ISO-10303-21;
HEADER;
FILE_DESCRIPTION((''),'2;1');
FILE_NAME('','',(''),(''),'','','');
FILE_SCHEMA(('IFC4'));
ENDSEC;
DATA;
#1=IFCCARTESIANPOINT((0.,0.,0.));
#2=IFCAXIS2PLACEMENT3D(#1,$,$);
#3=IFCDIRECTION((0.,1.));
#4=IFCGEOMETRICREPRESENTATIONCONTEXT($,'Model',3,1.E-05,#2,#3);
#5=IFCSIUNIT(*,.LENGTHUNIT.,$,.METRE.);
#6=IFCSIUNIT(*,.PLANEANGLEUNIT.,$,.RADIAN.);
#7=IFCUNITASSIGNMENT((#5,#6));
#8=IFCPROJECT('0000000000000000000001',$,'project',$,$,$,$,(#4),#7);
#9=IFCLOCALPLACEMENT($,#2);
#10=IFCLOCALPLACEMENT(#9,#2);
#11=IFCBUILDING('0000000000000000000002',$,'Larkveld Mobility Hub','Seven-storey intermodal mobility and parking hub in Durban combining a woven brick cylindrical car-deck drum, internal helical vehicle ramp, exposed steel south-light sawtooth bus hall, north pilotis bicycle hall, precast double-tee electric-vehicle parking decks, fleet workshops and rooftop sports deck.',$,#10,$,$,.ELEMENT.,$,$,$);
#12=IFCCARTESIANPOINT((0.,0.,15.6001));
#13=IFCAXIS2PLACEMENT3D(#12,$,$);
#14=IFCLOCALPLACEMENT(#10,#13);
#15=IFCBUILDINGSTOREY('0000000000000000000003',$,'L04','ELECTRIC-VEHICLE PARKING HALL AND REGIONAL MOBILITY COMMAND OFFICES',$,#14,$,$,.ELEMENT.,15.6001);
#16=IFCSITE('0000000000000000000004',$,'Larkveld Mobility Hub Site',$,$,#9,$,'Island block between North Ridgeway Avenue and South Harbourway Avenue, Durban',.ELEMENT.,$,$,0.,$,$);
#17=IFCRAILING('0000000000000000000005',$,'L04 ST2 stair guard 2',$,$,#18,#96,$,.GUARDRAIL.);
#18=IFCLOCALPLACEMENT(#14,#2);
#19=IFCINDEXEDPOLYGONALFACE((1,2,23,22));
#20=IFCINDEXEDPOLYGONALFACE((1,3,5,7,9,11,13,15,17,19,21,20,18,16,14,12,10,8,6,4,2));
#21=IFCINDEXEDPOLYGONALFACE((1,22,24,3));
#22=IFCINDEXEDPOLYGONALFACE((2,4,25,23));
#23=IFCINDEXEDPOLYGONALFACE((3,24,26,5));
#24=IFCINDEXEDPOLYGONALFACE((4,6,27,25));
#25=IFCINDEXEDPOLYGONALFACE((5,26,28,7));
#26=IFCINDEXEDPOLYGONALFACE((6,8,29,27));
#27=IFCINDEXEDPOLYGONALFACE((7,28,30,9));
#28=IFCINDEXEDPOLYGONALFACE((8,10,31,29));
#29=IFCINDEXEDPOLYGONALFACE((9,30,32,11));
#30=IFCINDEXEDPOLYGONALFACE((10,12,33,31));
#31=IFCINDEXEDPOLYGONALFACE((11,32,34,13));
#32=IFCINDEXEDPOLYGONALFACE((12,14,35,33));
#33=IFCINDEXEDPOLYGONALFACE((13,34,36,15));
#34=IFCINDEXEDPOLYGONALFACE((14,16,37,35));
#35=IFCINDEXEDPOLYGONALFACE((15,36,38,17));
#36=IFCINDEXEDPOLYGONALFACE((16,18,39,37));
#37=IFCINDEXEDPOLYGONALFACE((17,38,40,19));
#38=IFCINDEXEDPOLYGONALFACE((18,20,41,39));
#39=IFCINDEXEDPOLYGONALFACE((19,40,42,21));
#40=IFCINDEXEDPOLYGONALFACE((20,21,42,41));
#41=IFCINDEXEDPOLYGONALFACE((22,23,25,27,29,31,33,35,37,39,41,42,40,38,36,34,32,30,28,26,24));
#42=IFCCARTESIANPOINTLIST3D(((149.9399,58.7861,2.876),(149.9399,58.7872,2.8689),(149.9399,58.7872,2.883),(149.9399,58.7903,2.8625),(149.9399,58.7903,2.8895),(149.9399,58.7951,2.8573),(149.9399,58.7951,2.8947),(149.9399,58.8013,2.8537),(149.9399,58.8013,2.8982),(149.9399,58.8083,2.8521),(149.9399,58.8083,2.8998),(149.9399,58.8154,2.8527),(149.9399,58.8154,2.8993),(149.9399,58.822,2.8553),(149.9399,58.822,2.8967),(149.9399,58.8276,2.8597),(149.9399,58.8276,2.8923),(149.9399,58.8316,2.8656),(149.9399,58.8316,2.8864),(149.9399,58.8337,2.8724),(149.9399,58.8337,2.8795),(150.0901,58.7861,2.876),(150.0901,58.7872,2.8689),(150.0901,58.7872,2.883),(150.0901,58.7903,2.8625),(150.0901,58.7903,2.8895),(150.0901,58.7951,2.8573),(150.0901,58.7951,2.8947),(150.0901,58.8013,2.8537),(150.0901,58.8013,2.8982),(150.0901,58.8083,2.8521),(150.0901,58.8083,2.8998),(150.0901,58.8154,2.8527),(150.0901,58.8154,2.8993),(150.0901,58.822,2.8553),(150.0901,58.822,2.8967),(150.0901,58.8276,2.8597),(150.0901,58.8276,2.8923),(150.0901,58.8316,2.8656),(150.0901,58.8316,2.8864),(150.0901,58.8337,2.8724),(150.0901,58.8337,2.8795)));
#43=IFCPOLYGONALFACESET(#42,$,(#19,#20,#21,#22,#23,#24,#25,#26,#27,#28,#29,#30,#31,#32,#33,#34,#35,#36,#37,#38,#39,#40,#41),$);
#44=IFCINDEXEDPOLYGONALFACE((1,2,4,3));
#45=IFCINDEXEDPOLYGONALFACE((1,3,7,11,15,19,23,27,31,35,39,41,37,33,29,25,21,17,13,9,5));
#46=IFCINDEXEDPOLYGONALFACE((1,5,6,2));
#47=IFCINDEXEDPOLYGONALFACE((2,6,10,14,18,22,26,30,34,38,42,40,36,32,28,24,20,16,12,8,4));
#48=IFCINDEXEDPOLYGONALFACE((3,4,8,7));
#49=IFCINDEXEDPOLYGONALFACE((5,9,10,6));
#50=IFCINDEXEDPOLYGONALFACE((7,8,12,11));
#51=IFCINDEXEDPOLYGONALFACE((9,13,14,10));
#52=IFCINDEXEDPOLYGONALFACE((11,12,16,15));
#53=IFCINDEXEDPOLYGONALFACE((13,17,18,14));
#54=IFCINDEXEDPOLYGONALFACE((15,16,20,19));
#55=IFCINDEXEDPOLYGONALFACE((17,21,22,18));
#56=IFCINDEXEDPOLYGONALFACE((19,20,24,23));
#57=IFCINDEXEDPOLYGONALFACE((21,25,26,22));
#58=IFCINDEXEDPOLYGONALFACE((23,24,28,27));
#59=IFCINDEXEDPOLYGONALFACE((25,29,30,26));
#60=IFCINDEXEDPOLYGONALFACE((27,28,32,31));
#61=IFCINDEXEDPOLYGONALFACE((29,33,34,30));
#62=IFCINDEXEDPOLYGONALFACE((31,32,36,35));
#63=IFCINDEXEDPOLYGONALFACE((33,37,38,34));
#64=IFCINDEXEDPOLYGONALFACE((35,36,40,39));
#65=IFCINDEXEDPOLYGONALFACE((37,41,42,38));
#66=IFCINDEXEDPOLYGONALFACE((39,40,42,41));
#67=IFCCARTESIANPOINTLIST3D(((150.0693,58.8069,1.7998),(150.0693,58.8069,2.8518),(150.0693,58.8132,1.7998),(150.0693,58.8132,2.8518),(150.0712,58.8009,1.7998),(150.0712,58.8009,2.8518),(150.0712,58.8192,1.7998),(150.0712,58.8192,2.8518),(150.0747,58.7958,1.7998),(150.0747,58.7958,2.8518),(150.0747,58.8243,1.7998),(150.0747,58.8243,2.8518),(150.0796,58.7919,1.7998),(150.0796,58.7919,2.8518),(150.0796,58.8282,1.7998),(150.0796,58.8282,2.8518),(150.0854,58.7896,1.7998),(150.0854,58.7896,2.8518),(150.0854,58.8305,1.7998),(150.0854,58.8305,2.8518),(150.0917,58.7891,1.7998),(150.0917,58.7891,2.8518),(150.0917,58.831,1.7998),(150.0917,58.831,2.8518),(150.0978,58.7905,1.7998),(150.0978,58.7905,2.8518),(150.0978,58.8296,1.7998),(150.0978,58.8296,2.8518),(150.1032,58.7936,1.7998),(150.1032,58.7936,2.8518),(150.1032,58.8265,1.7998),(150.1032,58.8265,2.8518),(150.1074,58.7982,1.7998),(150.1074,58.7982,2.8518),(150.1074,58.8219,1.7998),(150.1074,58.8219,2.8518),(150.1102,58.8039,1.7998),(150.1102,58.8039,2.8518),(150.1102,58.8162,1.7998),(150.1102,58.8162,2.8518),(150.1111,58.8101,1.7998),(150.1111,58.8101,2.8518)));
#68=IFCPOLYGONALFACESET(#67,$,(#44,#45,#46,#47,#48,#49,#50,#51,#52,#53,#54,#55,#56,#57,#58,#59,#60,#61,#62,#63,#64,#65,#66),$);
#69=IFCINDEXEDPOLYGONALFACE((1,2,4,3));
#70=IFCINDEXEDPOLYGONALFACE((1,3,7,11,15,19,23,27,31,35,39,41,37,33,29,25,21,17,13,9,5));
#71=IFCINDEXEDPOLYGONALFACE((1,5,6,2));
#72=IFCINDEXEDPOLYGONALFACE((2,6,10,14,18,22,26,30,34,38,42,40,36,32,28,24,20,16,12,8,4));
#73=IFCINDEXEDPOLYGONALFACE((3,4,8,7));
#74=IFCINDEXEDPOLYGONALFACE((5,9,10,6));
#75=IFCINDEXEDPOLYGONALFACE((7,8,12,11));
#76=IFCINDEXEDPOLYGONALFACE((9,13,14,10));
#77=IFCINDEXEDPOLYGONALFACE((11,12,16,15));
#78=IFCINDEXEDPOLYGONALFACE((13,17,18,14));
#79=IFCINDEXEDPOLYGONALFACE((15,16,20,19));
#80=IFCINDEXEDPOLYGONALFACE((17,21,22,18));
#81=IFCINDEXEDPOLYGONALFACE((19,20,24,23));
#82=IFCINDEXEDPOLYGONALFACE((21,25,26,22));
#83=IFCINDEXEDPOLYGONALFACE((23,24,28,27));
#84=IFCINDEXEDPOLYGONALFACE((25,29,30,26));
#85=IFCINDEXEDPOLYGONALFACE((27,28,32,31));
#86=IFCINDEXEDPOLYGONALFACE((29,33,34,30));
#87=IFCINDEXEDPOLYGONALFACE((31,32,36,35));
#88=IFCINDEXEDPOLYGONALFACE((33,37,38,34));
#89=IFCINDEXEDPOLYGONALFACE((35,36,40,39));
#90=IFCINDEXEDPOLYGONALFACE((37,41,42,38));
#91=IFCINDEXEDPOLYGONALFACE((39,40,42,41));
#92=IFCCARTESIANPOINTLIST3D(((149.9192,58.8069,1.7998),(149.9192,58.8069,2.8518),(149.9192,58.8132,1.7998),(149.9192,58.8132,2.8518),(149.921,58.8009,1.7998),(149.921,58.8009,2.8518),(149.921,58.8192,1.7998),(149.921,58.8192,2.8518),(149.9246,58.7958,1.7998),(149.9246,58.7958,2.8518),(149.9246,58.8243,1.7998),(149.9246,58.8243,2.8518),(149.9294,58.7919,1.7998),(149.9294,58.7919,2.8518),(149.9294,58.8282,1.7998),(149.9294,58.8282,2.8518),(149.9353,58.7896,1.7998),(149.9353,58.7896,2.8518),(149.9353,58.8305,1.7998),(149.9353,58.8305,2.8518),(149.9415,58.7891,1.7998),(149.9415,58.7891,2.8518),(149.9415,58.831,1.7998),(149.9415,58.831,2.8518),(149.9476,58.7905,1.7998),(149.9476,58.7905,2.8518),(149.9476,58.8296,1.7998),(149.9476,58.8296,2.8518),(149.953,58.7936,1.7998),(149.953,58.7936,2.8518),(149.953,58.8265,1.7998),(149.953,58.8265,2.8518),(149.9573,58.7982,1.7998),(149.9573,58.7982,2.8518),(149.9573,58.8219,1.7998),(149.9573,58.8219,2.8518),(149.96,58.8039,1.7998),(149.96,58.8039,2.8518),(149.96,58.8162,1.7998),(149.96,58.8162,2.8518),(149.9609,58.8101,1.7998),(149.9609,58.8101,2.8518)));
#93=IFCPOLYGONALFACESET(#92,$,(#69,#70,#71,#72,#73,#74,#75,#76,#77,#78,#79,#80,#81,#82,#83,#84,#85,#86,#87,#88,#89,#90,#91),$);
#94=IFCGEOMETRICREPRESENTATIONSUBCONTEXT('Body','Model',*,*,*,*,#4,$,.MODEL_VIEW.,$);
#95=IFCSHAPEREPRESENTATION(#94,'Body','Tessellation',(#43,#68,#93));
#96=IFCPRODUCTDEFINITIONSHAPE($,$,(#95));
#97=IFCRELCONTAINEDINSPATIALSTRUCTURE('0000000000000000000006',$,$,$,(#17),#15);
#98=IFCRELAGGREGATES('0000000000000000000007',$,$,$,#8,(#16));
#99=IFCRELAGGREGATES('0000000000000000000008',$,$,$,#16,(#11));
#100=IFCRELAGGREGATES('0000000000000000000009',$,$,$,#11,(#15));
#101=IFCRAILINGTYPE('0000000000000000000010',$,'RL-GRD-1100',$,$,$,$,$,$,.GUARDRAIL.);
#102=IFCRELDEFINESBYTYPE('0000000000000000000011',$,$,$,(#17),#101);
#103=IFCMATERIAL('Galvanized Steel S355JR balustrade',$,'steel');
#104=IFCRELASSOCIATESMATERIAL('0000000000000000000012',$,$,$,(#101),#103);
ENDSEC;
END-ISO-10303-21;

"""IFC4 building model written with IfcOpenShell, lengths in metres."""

from ifc_helpers import new_model, si_unit, direction, frame, origin, origin_2d, place, context, subcontext, project, spatial, circle, extrude, material, type_object, element, save


model = new_model("IFC4")

# Units and contexts
model_context = context("Model", 3, precision=1e-05, world=origin(), true_north=direction((0.0, 1.0)))
body_context = subcontext(model_context, "Body", "Model", "MODEL_VIEW")
ifc_project = project(units=[si_unit("LENGTHUNIT", "METRE"), si_unit("PLANEANGLEUNIT", "RADIAN")], contexts=[model_context])

# Site, building, storey
site_placement = place(None, origin())
site = spatial("IfcSite", under=ifc_project, at=site_placement, Name="Larkveld Mobility Hub Site", LongName="Island block between North Ridgeway Avenue and South Harbourway Avenue, Durban", CompositionType="ELEMENT", RefElevation=0.0)
building_placement = place(site_placement, origin())
building = spatial("IfcBuilding", under=site, at=building_placement, Name="Larkveld Mobility Hub", Description="Seven-storey intermodal mobility and parking hub in Durban combining a woven brick cylindrical car-deck drum, internal helical vehicle ramp, exposed steel south-light sawtooth bus hall, north pilotis bicycle hall, precast double-tee electric-vehicle parking decks, fleet workshops and rooftop sports deck.", CompositionType="ELEMENT")
storey_placement = place(building_placement, frame((0.0, 0.0, 15.6001)))
storey = spatial("IfcBuildingStorey", under=building, at=storey_placement, Name="L04", Description="ELECTRIC-VEHICLE PARKING HALL AND REGIONAL MOBILITY COMMAND OFFICES", CompositionType="ELEMENT", Elevation=15.6001)

# Railing
ifc_material_1 = material(Name="Galvanized Steel S355JR balustrade", Category="steel")
railing_type = type_object("IfcRailingType", Name="RL-GRD-1100", PredefinedType="GUARDRAIL", material=ifc_material_1)
railing_1_placement = place(storey_placement, frame((150.0901, 58.8101, 1.7998)))
element("IfcRailing", 1, at=railing_1_placement, inside=storey, type_object=railing_type, Name="L04 ST2 stair guard 2", PredefinedType="GUARDRAIL", context=body_context, shape_type="SweptSolid", body=[
    extrude(circle(Radius=0.0239, at=origin_2d()), frame((0.0, 0.0, 1.0762), z_axis=(-1.0, 0.0, 0.0), x_axis=(0.0, -1.0, 0.0)), (0.0, 0.0, 1.0), 0.1501),
    extrude(circle(Radius=0.021, at=origin_2d()), origin(), (0.0, 0.0, 1.0), 1.052),
    extrude(circle(Radius=0.021, at=origin_2d()), frame((-0.1501, 0.0, 0.0)), (0.0, 0.0, 1.0), 1.052),
])

save(model, "model.ifc")
